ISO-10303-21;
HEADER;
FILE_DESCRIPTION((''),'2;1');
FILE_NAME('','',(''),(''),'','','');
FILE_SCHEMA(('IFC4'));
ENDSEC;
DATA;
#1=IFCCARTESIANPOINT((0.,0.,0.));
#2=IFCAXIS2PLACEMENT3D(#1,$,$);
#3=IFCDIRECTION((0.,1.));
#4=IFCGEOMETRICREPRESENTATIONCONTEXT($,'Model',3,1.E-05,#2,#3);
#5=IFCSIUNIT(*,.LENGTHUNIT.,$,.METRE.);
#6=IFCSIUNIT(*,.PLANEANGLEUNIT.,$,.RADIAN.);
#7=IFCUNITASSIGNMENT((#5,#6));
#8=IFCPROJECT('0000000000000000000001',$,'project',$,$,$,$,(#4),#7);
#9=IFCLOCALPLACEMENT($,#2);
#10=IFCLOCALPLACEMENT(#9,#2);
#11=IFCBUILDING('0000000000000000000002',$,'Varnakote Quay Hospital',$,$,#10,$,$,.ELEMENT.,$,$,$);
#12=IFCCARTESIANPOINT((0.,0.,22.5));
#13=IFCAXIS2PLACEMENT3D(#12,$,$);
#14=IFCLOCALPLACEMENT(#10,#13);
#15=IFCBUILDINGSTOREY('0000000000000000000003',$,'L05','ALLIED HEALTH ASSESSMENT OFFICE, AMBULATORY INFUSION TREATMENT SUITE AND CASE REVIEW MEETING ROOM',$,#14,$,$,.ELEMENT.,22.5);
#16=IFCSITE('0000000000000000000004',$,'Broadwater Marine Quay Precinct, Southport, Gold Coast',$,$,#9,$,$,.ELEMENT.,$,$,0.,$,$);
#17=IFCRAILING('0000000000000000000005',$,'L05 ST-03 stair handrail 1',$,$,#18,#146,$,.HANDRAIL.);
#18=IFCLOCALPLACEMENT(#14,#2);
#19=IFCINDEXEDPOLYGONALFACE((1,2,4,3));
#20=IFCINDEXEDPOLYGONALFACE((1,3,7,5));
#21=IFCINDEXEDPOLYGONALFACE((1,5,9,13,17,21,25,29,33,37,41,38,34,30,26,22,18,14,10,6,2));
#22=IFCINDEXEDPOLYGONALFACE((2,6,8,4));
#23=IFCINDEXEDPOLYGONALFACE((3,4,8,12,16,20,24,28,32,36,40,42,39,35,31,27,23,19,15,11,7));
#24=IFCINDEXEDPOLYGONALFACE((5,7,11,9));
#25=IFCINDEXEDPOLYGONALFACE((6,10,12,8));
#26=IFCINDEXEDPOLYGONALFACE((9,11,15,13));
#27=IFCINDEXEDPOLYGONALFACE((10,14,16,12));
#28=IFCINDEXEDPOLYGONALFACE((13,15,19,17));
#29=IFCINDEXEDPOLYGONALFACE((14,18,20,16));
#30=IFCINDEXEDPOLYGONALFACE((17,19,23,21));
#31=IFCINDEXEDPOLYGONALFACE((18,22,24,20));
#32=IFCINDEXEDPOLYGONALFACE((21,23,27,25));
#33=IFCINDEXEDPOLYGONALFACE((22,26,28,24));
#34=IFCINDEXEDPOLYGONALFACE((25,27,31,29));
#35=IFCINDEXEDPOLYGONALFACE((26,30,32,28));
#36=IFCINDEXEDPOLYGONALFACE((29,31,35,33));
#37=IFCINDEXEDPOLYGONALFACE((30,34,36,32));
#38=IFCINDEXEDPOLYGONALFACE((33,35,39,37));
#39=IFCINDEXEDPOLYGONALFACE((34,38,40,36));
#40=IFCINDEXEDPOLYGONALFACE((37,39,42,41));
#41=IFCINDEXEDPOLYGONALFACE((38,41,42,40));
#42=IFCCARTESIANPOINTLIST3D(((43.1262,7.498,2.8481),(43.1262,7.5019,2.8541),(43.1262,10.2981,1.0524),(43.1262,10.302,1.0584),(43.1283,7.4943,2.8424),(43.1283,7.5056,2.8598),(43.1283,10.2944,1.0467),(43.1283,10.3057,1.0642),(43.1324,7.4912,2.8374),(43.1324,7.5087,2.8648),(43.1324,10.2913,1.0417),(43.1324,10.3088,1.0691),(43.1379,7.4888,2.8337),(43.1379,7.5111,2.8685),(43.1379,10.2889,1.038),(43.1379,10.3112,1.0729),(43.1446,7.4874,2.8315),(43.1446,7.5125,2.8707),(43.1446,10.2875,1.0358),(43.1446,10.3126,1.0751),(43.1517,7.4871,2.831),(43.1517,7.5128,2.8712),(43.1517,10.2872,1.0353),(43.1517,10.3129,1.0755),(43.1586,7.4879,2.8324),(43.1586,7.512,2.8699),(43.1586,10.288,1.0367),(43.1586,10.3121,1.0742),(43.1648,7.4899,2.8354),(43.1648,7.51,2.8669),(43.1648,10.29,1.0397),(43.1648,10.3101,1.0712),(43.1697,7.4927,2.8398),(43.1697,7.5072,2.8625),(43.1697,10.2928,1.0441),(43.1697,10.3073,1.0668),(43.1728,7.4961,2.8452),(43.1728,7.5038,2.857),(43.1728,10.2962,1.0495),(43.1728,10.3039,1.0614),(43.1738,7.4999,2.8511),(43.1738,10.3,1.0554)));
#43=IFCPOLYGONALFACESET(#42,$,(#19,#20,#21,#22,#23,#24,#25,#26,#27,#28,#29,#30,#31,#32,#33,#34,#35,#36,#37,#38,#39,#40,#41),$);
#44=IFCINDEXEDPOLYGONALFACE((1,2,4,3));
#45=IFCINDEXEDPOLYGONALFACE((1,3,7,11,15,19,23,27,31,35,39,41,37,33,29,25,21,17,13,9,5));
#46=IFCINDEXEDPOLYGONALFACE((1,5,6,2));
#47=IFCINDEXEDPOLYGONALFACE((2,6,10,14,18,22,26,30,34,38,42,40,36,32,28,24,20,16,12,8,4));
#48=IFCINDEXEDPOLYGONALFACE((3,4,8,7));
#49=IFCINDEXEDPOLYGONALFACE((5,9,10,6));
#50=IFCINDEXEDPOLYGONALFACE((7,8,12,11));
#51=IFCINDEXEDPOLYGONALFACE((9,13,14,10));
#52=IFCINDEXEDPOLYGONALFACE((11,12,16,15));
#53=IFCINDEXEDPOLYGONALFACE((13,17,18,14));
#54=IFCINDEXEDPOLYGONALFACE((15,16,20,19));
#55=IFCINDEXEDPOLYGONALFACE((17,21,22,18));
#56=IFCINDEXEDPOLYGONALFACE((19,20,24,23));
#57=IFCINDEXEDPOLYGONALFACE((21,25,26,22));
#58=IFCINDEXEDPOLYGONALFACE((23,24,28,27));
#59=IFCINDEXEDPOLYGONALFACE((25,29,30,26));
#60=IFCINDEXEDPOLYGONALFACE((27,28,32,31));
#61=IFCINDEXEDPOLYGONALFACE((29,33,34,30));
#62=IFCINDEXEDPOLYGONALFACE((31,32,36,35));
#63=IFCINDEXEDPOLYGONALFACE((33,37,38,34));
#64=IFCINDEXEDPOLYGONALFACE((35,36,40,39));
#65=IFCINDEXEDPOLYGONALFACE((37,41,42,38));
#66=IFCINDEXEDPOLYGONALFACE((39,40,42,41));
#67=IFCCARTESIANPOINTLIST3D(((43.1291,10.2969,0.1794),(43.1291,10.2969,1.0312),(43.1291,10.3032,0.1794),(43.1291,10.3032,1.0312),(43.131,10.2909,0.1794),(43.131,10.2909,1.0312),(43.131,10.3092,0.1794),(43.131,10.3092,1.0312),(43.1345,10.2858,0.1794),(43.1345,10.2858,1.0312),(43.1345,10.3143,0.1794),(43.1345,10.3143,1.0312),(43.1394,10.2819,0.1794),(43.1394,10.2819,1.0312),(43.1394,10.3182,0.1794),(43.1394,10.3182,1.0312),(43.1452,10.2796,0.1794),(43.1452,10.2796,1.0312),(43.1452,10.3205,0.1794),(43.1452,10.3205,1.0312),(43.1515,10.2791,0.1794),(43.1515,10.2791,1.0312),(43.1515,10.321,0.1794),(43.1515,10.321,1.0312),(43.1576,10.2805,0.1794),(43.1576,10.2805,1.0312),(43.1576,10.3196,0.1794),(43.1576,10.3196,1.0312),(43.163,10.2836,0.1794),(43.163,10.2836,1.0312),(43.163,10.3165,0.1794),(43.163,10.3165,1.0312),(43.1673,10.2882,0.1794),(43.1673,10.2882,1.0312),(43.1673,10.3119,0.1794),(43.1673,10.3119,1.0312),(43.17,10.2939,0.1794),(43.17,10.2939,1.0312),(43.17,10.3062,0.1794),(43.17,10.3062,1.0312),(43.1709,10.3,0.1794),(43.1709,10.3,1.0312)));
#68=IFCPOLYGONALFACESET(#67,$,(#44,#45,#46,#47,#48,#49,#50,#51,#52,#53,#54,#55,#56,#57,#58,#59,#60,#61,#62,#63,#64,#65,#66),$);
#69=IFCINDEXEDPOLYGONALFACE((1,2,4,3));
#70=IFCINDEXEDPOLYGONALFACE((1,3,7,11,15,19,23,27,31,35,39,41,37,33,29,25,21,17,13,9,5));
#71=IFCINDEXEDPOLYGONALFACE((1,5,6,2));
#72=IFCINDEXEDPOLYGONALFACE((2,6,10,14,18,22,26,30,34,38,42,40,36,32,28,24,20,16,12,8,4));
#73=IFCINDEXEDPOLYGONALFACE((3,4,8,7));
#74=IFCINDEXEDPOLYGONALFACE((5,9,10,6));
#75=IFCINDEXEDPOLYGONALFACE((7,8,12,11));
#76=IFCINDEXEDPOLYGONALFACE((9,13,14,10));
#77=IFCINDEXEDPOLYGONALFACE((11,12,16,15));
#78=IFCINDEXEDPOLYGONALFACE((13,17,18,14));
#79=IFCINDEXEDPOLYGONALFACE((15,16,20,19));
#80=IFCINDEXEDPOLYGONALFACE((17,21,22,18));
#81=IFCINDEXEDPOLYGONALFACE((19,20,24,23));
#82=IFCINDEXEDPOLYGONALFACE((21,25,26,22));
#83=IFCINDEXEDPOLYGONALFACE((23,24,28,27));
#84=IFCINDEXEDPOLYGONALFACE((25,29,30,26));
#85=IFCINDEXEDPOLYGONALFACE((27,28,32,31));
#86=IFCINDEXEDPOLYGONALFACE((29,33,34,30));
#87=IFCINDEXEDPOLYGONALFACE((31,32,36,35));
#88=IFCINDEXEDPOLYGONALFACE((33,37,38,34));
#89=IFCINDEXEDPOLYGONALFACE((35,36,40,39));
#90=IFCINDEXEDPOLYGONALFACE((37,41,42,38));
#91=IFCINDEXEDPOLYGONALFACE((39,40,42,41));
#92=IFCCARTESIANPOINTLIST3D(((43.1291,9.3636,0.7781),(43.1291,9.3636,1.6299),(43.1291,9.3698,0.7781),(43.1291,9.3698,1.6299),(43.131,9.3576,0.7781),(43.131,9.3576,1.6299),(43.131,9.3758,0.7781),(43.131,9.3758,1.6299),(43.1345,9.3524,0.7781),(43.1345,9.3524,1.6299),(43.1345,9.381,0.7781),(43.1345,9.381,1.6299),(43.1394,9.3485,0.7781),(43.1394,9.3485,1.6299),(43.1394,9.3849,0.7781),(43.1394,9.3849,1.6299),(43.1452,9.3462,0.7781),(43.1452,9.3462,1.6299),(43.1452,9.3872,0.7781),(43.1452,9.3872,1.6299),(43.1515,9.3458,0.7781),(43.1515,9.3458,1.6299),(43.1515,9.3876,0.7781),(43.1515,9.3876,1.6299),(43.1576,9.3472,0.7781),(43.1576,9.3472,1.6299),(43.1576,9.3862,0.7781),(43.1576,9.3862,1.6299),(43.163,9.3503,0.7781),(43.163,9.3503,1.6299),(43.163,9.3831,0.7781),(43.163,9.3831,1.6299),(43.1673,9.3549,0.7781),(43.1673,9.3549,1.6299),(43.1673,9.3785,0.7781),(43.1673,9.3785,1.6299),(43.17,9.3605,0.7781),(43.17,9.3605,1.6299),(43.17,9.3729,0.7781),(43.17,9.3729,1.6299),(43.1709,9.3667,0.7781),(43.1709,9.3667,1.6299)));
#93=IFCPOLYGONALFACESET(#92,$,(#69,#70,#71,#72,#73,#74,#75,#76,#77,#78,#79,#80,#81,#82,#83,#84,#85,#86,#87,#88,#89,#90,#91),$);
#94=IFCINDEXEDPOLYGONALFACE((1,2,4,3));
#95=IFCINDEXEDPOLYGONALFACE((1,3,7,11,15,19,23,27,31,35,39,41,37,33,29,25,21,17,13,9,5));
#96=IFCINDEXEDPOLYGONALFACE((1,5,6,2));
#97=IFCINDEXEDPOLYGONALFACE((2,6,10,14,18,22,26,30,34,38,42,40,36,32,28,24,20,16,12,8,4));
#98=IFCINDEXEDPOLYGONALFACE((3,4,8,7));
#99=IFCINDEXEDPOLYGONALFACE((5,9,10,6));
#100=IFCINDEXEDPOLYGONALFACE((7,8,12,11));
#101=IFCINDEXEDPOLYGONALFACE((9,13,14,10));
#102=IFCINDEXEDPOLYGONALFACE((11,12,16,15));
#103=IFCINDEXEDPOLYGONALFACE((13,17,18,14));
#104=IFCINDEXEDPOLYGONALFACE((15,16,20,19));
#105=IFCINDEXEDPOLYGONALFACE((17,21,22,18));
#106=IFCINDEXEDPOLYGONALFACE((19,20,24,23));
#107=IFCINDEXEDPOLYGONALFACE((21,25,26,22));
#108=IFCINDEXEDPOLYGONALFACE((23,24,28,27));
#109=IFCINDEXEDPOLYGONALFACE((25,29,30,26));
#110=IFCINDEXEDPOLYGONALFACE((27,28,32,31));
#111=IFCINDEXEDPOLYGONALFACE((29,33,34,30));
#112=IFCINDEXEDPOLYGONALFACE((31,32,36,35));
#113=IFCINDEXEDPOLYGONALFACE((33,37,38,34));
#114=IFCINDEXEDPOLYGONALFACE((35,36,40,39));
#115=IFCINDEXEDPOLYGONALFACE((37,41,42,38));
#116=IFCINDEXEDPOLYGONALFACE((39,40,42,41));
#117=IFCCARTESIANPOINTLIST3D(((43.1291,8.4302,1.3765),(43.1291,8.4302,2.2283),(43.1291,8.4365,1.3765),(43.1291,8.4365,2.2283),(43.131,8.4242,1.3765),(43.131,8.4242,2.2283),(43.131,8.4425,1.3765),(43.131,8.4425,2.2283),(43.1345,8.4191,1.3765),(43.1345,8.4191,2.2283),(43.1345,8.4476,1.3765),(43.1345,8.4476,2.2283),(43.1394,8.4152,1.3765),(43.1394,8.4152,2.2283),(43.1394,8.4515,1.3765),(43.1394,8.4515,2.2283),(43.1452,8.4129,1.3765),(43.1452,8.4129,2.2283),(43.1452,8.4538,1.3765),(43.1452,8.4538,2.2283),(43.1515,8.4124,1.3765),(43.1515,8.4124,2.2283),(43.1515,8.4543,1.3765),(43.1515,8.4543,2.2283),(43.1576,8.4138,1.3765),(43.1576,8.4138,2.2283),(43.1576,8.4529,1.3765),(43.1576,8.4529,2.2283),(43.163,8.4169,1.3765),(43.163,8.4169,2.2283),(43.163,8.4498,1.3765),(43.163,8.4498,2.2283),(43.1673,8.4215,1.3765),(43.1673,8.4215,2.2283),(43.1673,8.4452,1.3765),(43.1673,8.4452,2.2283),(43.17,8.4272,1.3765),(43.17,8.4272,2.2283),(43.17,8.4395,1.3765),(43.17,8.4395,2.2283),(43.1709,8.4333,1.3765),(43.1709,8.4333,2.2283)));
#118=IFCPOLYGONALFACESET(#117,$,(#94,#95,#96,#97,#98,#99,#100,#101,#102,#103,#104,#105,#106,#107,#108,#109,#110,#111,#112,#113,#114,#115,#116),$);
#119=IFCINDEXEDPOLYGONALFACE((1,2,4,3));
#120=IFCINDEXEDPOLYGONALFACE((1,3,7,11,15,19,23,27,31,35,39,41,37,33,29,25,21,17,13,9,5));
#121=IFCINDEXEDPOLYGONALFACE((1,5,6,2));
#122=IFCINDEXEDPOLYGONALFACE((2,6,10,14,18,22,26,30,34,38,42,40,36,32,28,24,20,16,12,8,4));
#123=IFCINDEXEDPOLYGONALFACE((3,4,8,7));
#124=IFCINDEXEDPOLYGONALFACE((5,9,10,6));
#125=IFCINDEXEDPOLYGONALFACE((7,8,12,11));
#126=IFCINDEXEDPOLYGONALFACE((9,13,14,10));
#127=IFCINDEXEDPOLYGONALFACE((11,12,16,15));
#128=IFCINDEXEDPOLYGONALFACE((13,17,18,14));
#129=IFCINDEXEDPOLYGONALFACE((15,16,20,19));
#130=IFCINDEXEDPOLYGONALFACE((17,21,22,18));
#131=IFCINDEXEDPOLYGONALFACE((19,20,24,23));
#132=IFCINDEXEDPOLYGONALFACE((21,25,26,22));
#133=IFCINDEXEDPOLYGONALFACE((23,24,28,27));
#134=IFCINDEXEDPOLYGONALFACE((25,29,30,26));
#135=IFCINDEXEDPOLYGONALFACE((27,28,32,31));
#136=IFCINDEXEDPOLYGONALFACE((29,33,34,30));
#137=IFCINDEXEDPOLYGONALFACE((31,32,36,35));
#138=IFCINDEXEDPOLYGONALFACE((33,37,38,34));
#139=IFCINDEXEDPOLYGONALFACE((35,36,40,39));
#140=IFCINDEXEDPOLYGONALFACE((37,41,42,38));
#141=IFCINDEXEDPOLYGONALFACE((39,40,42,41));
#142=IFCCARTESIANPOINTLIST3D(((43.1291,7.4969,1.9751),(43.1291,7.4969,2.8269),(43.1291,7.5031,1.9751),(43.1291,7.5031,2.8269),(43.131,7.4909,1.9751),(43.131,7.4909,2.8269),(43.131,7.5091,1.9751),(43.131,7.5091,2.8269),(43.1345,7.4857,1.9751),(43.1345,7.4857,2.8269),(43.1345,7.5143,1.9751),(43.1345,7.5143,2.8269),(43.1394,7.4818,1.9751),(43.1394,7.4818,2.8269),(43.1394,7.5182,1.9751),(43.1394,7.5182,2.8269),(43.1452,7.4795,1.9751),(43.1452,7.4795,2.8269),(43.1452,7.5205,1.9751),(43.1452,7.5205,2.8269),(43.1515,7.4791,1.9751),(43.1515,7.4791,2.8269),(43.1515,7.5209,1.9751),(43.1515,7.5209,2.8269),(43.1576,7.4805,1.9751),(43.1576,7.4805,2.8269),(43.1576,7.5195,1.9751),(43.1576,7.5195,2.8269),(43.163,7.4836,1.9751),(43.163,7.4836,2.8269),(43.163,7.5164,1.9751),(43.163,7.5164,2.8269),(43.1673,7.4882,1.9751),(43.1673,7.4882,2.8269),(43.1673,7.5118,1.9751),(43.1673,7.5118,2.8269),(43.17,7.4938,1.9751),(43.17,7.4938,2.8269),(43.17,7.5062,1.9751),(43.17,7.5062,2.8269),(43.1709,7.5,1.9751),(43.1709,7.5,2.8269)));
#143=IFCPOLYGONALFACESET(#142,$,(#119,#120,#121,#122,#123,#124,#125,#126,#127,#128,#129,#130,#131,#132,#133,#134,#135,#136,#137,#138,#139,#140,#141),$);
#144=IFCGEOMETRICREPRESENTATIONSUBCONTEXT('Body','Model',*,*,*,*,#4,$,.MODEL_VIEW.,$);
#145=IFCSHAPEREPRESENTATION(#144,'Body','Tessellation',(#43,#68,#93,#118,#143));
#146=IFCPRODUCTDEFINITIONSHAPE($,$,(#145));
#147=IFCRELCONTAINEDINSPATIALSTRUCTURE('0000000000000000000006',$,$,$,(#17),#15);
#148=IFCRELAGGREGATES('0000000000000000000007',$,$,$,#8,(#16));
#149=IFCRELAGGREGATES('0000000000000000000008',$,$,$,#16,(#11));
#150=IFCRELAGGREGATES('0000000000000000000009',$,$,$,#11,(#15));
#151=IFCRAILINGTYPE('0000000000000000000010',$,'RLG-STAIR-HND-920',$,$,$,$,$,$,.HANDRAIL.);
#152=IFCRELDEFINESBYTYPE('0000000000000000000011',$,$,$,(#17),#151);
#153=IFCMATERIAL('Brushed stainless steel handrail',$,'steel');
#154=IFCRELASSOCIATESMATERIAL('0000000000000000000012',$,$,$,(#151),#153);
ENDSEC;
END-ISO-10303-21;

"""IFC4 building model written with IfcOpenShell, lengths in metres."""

from ifc_helpers import new_model, si_unit, direction, frame, origin, origin_2d, place, context, subcontext, project, spatial, circle, extrude, material, type_object, element, save


model = new_model("IFC4")

# Units and contexts
model_context = context("Model", 3, precision=1e-05, world=origin(), true_north=direction((0.0, 1.0)))
body_context = subcontext(model_context, "Body", "Model", "MODEL_VIEW")
ifc_project = project(units=[si_unit("LENGTHUNIT", "METRE"), si_unit("PLANEANGLEUNIT", "RADIAN")], contexts=[model_context])

# Site, building, storey
site_placement = place(None, origin())
site = spatial("IfcSite", under=ifc_project, at=site_placement, Name="Broadwater Marine Quay Precinct, Southport, Gold Coast", CompositionType="ELEMENT", RefElevation=0.0)
building_placement = place(site_placement, origin())
building = spatial("IfcBuilding", under=site, at=building_placement, Name="Varnakote Quay Hospital", CompositionType="ELEMENT")
storey_placement = place(building_placement, frame((0.0, 0.0, 22.5)))
storey = spatial("IfcBuildingStorey", under=building, at=storey_placement, Name="L05", Description="ALLIED HEALTH ASSESSMENT OFFICE, AMBULATORY INFUSION TREATMENT SUITE AND CASE REVIEW MEETING ROOM", CompositionType="ELEMENT", Elevation=22.5)

# Railing
ifc_material_1 = material(Name="Brushed stainless steel handrail", Category="steel")
railing_type_1 = type_object("IfcRailingType", Name="RLG-STAIR-HND-920", PredefinedType="HANDRAIL", material=ifc_material_1)
railing_1_placement = place(storey_placement, frame((43.1499, 10.3, 0.1794)))
element("IfcRailing", 1, at=railing_1_placement, inside=storey, type_object=railing_type_1, Name="L05 ST-03 stair handrail 1", PredefinedType="HANDRAIL", context=body_context, shape_type="SweptSolid", body=[
    extrude(circle(Radius=0.0239, at=origin_2d()), frame((0.0, 0.0, 0.876), z_axis=(0.0, -0.841777, 0.539826), x_axis=(1.0, 0.0, 0.0)), (0.0, 0.0, 1.0), 3.3264),
    extrude(circle(Radius=0.021, at=origin_2d()), origin(), (0.0, 0.0, 1.0), 0.8518),
    extrude(circle(Radius=0.021, at=origin_2d()), frame((0.0, -0.9333, 0.5986)), (0.0, 0.0, 1.0), 0.8518),
    extrude(circle(Radius=0.021, at=origin_2d()), frame((0.0, -1.8667, 1.197)), (0.0, 0.0, 1.0), 0.8518),
    extrude(circle(Radius=0.021, at=origin_2d()), frame((0.0, -2.8, 1.7957)), (0.0, 0.0, 1.0), 0.8518),
])

save(model, "model.ifc")
